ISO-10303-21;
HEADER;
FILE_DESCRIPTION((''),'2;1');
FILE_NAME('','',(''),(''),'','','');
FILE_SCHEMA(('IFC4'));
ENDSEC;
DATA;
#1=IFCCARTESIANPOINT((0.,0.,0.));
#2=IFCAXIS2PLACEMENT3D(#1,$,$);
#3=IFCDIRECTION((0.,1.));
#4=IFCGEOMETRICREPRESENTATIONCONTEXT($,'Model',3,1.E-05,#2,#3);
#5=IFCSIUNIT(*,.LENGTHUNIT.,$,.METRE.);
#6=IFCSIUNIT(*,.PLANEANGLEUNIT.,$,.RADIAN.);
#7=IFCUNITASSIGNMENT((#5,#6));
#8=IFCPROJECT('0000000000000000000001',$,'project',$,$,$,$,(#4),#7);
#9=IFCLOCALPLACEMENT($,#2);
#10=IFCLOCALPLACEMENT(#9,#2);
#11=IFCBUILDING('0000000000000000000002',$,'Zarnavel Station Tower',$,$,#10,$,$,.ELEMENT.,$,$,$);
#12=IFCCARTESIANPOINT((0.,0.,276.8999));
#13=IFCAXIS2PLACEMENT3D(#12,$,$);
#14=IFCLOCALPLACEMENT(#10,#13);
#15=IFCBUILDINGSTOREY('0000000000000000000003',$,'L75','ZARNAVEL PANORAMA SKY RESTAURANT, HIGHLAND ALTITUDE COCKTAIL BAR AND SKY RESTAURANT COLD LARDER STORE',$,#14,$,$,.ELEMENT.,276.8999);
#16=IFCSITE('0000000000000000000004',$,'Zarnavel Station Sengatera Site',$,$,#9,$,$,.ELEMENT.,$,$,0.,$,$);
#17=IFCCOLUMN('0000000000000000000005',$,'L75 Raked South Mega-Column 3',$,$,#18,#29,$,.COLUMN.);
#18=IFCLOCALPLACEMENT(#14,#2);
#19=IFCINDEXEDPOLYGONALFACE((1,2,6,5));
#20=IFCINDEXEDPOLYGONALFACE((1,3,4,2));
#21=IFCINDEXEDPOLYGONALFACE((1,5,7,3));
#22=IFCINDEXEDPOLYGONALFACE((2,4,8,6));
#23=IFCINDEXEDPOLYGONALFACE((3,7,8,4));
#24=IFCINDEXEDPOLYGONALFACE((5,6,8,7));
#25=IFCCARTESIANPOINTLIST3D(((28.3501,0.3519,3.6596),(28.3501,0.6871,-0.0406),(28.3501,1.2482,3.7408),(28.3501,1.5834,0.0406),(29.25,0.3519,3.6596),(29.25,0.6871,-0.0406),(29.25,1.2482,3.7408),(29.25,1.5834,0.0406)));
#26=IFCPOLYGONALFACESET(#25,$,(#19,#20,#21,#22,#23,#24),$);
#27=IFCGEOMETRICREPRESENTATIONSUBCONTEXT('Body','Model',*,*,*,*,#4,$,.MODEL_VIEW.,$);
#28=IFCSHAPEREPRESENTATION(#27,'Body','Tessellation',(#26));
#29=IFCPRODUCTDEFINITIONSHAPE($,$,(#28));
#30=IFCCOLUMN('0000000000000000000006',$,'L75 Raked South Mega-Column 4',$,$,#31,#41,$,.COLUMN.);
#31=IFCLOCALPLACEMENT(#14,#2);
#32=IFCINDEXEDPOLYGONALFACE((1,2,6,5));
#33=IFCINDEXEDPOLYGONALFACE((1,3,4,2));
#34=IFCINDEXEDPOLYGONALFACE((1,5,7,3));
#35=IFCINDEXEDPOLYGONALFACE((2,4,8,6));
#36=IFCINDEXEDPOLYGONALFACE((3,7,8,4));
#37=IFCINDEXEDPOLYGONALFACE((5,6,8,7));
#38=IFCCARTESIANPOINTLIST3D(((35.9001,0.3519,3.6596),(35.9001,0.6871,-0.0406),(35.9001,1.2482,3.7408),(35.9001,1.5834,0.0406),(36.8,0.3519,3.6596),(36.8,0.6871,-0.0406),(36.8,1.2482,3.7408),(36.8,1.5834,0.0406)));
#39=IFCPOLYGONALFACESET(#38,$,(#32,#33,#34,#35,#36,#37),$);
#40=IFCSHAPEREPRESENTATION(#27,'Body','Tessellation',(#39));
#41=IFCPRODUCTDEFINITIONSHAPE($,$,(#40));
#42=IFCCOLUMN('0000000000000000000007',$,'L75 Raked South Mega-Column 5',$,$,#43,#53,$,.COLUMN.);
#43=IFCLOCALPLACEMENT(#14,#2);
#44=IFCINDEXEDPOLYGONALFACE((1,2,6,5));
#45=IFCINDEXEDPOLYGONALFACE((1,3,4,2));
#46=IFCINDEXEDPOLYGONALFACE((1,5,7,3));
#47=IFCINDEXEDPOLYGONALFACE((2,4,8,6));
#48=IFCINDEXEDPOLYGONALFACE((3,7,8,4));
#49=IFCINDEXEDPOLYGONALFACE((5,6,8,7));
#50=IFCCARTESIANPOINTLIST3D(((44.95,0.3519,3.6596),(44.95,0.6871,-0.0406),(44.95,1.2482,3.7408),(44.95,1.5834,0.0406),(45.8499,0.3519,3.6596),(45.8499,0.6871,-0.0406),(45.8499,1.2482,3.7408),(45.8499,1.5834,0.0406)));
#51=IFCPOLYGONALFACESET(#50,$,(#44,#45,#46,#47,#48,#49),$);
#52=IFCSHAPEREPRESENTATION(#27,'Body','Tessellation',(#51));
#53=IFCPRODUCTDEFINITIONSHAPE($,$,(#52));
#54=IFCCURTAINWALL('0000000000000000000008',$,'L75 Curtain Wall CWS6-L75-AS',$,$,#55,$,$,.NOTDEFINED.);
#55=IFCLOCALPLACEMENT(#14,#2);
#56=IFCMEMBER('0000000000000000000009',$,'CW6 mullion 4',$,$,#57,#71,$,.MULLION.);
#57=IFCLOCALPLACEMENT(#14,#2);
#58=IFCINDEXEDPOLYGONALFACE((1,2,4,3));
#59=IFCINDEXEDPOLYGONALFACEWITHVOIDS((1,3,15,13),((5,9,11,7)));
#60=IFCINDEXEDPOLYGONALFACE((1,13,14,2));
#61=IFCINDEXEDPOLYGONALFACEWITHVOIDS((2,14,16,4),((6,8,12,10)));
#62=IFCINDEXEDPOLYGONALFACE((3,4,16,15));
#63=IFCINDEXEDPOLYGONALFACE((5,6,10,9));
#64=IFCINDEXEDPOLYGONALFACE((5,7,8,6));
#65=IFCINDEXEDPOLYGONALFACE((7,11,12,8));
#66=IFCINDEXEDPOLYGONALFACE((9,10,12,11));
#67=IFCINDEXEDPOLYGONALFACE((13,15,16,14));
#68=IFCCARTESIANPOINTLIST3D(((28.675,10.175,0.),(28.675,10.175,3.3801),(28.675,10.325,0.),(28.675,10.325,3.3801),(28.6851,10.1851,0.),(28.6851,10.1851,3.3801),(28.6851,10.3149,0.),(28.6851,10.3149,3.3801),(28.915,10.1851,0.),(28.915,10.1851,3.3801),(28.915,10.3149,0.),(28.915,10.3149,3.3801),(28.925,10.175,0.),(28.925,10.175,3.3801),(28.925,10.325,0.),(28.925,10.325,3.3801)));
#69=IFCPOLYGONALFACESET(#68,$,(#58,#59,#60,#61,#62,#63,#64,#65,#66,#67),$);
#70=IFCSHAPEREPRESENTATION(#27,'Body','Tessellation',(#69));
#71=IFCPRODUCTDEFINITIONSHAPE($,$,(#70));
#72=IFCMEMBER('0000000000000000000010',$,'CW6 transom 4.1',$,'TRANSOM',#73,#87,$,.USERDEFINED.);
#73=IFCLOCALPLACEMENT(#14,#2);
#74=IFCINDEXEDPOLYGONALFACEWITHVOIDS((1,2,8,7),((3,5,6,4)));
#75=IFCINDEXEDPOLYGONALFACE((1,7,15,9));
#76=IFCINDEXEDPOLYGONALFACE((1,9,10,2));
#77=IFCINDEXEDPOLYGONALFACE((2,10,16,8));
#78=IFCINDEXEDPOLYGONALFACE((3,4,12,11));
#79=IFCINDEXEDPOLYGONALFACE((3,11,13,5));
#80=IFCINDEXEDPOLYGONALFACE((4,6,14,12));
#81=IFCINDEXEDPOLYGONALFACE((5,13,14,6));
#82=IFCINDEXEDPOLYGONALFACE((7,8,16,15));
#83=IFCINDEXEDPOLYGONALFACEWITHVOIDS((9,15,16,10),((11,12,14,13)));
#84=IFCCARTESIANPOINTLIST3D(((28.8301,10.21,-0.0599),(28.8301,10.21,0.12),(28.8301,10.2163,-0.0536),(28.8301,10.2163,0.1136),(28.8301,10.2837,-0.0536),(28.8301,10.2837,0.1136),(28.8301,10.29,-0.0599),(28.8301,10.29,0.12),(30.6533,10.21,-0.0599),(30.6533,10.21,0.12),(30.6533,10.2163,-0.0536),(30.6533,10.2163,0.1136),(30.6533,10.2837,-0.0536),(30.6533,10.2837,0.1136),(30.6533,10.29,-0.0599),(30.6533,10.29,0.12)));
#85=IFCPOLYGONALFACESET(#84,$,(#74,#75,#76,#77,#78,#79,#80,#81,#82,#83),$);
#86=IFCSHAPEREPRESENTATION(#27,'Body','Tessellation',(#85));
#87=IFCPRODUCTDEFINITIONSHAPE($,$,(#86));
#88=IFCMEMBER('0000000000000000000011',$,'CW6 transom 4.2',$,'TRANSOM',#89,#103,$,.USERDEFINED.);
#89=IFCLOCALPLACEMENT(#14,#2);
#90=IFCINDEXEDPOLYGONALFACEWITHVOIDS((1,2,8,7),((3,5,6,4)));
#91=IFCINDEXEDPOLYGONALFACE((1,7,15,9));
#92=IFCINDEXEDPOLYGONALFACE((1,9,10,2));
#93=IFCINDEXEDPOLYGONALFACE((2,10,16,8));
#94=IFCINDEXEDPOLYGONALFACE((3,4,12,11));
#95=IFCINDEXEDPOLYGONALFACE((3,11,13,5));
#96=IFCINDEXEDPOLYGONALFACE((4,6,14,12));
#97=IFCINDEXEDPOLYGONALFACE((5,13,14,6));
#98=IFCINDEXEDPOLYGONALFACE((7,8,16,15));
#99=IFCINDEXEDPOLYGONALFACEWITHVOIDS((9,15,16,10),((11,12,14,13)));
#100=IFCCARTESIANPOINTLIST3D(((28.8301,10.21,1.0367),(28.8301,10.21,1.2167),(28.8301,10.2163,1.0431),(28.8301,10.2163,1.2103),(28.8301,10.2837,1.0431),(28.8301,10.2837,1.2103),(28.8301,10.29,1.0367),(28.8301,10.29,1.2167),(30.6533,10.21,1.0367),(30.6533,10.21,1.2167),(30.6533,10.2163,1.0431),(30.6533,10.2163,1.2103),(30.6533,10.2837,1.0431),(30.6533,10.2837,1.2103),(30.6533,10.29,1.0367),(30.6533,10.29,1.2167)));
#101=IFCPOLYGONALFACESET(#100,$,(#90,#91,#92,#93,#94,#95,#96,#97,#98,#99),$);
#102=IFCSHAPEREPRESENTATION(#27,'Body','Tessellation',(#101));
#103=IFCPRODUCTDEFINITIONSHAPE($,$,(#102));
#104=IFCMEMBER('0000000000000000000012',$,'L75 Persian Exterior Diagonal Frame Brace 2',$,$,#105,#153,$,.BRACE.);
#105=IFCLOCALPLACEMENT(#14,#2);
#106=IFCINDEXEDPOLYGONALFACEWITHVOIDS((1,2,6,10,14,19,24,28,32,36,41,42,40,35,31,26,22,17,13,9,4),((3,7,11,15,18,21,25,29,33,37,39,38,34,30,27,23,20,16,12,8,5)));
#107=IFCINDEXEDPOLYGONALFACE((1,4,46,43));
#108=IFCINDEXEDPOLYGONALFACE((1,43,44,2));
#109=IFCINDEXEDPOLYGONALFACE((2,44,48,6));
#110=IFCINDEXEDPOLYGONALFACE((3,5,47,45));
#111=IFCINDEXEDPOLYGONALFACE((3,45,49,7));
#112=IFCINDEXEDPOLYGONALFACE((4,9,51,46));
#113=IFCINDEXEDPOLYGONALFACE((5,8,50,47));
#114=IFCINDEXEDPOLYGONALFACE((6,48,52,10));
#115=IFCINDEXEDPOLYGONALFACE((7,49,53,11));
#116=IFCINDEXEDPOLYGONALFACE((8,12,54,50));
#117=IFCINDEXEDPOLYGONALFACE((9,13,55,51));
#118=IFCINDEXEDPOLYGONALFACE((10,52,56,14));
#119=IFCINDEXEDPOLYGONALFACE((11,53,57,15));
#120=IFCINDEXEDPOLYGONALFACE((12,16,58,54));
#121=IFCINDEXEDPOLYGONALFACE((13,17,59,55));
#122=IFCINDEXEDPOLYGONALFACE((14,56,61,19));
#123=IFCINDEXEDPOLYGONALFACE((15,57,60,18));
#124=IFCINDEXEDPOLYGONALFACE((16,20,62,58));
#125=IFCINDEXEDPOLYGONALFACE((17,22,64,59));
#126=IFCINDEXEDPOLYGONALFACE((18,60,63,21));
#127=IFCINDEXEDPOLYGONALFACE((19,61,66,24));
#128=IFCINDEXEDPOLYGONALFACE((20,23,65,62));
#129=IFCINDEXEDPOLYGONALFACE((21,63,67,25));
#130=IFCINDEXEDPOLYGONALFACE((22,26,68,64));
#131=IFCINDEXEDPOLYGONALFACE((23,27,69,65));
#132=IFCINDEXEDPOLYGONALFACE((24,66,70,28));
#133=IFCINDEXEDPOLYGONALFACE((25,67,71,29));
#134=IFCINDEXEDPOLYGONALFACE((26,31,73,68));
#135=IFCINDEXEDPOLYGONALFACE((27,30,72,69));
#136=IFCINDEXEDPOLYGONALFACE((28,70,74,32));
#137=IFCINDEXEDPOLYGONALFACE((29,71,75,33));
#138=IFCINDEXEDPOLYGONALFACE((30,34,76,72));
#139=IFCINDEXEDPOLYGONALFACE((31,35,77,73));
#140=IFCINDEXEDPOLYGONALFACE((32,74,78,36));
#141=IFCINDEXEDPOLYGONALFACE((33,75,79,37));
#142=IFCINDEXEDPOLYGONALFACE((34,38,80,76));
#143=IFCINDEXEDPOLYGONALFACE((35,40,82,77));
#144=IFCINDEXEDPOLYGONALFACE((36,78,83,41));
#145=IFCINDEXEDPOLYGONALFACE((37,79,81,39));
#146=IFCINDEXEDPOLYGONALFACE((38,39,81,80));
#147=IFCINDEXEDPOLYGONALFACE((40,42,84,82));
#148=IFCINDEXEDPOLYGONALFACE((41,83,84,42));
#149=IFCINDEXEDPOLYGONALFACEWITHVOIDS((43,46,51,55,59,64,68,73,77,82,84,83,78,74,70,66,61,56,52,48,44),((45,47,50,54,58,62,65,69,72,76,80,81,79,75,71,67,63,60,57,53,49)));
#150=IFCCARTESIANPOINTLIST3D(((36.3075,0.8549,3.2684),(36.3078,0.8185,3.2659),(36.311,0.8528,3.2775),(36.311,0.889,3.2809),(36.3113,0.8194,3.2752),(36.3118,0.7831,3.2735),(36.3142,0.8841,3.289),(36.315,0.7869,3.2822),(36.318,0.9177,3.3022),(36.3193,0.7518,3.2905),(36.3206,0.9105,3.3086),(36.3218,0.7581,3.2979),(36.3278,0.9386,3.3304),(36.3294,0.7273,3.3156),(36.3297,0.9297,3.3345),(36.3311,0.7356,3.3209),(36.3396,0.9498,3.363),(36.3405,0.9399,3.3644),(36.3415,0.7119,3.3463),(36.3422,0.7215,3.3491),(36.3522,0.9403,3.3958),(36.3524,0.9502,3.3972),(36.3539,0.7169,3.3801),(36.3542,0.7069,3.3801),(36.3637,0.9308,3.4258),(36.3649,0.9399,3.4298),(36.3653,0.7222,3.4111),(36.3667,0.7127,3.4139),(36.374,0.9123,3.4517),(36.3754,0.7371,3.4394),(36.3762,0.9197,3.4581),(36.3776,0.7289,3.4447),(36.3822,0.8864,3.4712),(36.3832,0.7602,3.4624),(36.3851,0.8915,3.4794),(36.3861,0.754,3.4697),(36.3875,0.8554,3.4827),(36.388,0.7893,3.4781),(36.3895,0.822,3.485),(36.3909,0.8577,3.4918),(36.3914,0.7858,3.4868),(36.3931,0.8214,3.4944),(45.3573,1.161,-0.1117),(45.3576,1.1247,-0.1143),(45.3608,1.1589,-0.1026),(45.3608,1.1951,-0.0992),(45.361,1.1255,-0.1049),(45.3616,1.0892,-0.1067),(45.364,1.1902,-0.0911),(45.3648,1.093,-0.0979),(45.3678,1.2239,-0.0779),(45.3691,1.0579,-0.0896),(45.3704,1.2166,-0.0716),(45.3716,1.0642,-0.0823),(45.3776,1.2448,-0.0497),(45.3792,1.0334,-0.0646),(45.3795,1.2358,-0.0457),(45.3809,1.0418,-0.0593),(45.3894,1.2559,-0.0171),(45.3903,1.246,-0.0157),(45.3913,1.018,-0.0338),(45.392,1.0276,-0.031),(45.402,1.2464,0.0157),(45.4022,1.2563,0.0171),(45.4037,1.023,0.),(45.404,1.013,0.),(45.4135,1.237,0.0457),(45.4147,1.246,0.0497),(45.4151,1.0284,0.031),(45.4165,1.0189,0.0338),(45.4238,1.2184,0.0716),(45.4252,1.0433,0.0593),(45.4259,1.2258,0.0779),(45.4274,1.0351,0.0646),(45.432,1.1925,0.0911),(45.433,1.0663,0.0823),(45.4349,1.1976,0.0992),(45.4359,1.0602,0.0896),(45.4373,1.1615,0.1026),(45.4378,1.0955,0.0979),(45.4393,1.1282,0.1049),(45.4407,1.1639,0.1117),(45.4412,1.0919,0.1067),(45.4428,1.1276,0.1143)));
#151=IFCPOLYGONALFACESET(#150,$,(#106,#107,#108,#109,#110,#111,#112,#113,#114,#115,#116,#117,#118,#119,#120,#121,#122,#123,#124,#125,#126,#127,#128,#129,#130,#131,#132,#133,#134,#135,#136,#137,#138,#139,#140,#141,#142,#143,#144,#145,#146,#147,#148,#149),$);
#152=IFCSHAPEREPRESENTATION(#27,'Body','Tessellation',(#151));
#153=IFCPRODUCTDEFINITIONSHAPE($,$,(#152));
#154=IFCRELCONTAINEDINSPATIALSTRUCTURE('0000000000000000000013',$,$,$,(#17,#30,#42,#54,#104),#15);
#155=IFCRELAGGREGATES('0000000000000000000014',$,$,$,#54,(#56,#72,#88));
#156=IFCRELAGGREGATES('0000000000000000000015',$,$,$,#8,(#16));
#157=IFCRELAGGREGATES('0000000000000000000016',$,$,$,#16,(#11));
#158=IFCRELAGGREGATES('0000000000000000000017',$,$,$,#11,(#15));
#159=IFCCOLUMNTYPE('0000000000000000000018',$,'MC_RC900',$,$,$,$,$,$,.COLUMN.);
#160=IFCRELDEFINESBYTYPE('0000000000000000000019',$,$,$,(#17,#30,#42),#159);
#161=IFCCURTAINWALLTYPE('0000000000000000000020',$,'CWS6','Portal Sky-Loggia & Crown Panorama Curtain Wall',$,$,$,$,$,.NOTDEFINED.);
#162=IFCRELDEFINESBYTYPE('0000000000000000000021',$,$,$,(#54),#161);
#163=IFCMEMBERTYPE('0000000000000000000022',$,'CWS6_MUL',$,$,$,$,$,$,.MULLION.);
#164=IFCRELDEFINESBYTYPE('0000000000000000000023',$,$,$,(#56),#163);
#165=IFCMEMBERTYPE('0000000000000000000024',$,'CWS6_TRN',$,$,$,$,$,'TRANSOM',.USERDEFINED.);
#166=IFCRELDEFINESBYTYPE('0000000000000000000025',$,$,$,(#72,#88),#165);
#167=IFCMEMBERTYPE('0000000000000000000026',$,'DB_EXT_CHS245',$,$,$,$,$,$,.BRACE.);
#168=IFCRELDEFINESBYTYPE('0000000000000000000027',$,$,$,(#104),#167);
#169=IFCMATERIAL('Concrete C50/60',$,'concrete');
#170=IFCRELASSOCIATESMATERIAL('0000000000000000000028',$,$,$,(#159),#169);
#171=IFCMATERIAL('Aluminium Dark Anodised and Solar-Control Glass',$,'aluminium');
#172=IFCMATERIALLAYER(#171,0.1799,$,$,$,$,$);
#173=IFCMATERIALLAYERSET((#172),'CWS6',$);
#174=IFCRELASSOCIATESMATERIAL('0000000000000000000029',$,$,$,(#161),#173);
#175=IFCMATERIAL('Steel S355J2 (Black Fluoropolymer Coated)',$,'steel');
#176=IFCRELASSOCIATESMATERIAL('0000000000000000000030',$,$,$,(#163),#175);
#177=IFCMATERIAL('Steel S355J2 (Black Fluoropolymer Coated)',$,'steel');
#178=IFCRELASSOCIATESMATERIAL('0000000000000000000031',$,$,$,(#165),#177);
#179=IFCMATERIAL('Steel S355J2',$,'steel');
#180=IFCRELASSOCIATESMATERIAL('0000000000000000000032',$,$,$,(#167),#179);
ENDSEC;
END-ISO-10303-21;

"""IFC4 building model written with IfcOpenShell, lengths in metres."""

from ifc_helpers import new_model, si_unit, direction, frame, origin, origin_2d, place, context, subcontext, project, spatial, rectangle, hollow_rectangle, hollow_circle, extrude, material, layer, layer_set, material_profile, profile_set, type_object, element, aggregate, save


model = new_model("IFC4")

# Units and contexts
model_context = context("Model", 3, precision=1e-05, world=origin(), true_north=direction((0.0, 1.0)))
body_context = subcontext(model_context, "Body", "Model", "MODEL_VIEW")
ifc_project = project(units=[si_unit("LENGTHUNIT", "METRE"), si_unit("PLANEANGLEUNIT", "RADIAN")], contexts=[model_context])

# Site, building, storey
site_placement = place(None, origin())
site = spatial("IfcSite", under=ifc_project, at=site_placement, Name="Zarnavel Station Sengatera Site", CompositionType="ELEMENT", RefElevation=0.0)
building_placement = place(site_placement, origin())
building = spatial("IfcBuilding", under=site, at=building_placement, Name="Zarnavel Station Tower", CompositionType="ELEMENT")
storey_placement = place(building_placement, frame((0.0, 0.0, 276.8999)))
storey = spatial("IfcBuildingStorey", under=building, at=storey_placement, Name="L75", Description="ZARNAVEL PANORAMA SKY RESTAURANT, HIGHLAND ALTITUDE COCKTAIL BAR AND SKY RESTAURANT COLD LARDER STORE", CompositionType="ELEMENT", Elevation=276.8999)

# Columns
ifc_material_1 = material(Name="Concrete C50/60", Category="concrete")
ifc_material_profile_1 = material_profile(ifc_material_1, rectangle(XDim=0.8999, YDim=0.8999, at=origin_2d()), Name="RC900x900")
ifc_profile_set_1 = profile_set([ifc_material_profile_1], Name="Concrete C50/60")
column_type = type_object("IfcColumnType", Name="MC_RC900", PredefinedType="COLUMN", material=ifc_profile_set_1)
for number, where, z_axis, x_axis, name in (
    (1, (28.8, 1.1353, 0.0), (0.0, -0.090222, 0.995922), (1.0, 0.0, 0.0), "L75 Raked South Mega-Column 3"),
    (2, (36.3501, 1.1353, 0.0), (0.0, -0.090222, 0.995922), (1.0, 0.0, 0.0), "L75 Raked South Mega-Column 4"),
    (3, (45.3999, 1.1353, 0.0), (0.0, -0.090222, 0.995922), (1.0, 0.0, 0.0), "L75 Raked South Mega-Column 5"),
):
    element("IfcColumn", number, at=place(storey_placement, frame(where, z_axis=z_axis, x_axis=x_axis)), inside=storey, type_object=column_type, Name=name, PredefinedType="COLUMN", context=body_context, shape_type="SweptSolid", body=[
        extrude(rectangle(XDim=0.8999, YDim=0.8999, at=origin_2d()), origin(), (0.0, 0.0, 1.0), 3.7153),
    ])

# Curtain wall, members
ifc_material_2 = material(Name="Aluminium Dark Anodised and Solar-Control Glass", Category="aluminium")
ifc_layer_1 = layer(ifc_material_2, 0.1799)
ifc_layer_set_1 = layer_set([ifc_layer_1], Name="CWS6")
curtain_wall_type = type_object("IfcCurtainWallType", Name="CWS6", Description="Portal Sky-Loggia & Crown Panorama Curtain Wall", PredefinedType="NOTDEFINED", material=ifc_layer_set_1)
curtain_wall_placement = place(storey_placement, origin())
curtain_wall = element("IfcCurtainWall", 4, at=curtain_wall_placement, inside=storey, type_object=curtain_wall_type, Name="L75 Curtain Wall CWS6-L75-AS", PredefinedType="NOTDEFINED")
ifc_material_3 = material(Name="Steel S355J2 (Black Fluoropolymer Coated)", Category="steel")
ifc_material_profile_2 = material_profile(ifc_material_3, hollow_rectangle(XDim=0.1499, YDim=0.25, WallThickness=0.01, at=origin_2d()), Name="RHS250x150x10")
ifc_profile_set_2 = profile_set([ifc_material_profile_2], Name="Steel S355J2 (Black Fluoropolymer Coated)")
member_type_1 = type_object("IfcMemberType", Name="CWS6_MUL", PredefinedType="MULLION", material=ifc_profile_set_2)
member_1_placement = place(storey_placement, frame((28.8, 10.25, 0.0), z_axis=(0.0, 0.0, 1.0), x_axis=(0.0, 1.0, 0.0)))
member_1 = element("IfcMember", 5, at=member_1_placement, type_object=member_type_1, Name="CW6 mullion 4", PredefinedType="MULLION", context=body_context, shape_type="SweptSolid", body=[
    extrude(hollow_rectangle(XDim=0.1499, YDim=0.25, WallThickness=0.01, at=origin_2d()), origin(), (0.0, 0.0, 1.0), 3.3801),
])
ifc_material_4 = material(Name="Steel S355J2 (Black Fluoropolymer Coated)", Category="steel")
ifc_material_profile_3 = material_profile(ifc_material_4, hollow_rectangle(XDim=0.0801, YDim=0.1799, WallThickness=0.0063, at=origin_2d()), Name="RHS180x80x6.3")
ifc_profile_set_3 = profile_set([ifc_material_profile_3], Name="Steel S355J2 (Black Fluoropolymer Coated)")
member_type_2 = type_object("IfcMemberType", Name="CWS6_TRN", ElementType="TRANSOM", PredefinedType="USERDEFINED", material=ifc_profile_set_3)
member_2_placement = place(storey_placement, frame((28.8301, 10.25, 0.03), z_axis=(1.0, 0.0, 0.0), x_axis=(0.0, 1.0, 0.0)))
member_2 = element("IfcMember", 6, at=member_2_placement, type_object=member_type_2, Name="CW6 transom 4.1", ObjectType="TRANSOM", PredefinedType="USERDEFINED", context=body_context, shape_type="SweptSolid", body=[
    extrude(hollow_rectangle(XDim=0.0801, YDim=0.1799, WallThickness=0.0063, at=origin_2d()), origin(), (0.0, 0.0, 1.0), 1.8232),
])
member_3_placement = place(storey_placement, frame((28.8301, 10.25, 1.1267), z_axis=(1.0, 0.0, 0.0), x_axis=(0.0, 1.0, 0.0)))
member_3 = element("IfcMember", 7, at=member_3_placement, type_object=member_type_2, Name="CW6 transom 4.2", ObjectType="TRANSOM", PredefinedType="USERDEFINED", context=body_context, shape_type="SweptSolid", body=[
    extrude(hollow_rectangle(XDim=0.0801, YDim=0.1799, WallThickness=0.0063, at=origin_2d()), origin(), (0.0, 0.0, 1.0), 1.8232),
])

# Member
ifc_material_5 = material(Name="Steel S355J2", Category="steel")
ifc_material_profile_4 = material_profile(ifc_material_5, hollow_circle(Radius=0.1223, WallThickness=0.01, at=origin_2d()), Name="CHS244.5x10")
ifc_profile_set_4 = profile_set([ifc_material_profile_4], Name="Steel S355J2")
member_type_3 = type_object("IfcMemberType", Name="DB_EXT_CHS245", PredefinedType="BRACE", material=ifc_profile_set_4)
member_4_placement = place(storey_placement, frame((45.3999, 1.1353, 0.0), z_axis=(-0.936319, -0.031675, 0.349718), x_axis=(0.03381, -0.999428, 0.0)))
element("IfcMember", 8, at=member_4_placement, inside=storey, type_object=member_type_3, Name="L75 Persian Exterior Diagonal Frame Brace 2", PredefinedType="BRACE", context=body_context, shape_type="SweptSolid", body=[
    extrude(hollow_circle(Radius=0.1223, WallThickness=0.01, at=origin_2d()), origin(), (0.0, 0.0, 1.0), 9.6653),
])

aggregate(curtain_wall, [member_1, member_2, member_3])

save(model, "model.ifc")
